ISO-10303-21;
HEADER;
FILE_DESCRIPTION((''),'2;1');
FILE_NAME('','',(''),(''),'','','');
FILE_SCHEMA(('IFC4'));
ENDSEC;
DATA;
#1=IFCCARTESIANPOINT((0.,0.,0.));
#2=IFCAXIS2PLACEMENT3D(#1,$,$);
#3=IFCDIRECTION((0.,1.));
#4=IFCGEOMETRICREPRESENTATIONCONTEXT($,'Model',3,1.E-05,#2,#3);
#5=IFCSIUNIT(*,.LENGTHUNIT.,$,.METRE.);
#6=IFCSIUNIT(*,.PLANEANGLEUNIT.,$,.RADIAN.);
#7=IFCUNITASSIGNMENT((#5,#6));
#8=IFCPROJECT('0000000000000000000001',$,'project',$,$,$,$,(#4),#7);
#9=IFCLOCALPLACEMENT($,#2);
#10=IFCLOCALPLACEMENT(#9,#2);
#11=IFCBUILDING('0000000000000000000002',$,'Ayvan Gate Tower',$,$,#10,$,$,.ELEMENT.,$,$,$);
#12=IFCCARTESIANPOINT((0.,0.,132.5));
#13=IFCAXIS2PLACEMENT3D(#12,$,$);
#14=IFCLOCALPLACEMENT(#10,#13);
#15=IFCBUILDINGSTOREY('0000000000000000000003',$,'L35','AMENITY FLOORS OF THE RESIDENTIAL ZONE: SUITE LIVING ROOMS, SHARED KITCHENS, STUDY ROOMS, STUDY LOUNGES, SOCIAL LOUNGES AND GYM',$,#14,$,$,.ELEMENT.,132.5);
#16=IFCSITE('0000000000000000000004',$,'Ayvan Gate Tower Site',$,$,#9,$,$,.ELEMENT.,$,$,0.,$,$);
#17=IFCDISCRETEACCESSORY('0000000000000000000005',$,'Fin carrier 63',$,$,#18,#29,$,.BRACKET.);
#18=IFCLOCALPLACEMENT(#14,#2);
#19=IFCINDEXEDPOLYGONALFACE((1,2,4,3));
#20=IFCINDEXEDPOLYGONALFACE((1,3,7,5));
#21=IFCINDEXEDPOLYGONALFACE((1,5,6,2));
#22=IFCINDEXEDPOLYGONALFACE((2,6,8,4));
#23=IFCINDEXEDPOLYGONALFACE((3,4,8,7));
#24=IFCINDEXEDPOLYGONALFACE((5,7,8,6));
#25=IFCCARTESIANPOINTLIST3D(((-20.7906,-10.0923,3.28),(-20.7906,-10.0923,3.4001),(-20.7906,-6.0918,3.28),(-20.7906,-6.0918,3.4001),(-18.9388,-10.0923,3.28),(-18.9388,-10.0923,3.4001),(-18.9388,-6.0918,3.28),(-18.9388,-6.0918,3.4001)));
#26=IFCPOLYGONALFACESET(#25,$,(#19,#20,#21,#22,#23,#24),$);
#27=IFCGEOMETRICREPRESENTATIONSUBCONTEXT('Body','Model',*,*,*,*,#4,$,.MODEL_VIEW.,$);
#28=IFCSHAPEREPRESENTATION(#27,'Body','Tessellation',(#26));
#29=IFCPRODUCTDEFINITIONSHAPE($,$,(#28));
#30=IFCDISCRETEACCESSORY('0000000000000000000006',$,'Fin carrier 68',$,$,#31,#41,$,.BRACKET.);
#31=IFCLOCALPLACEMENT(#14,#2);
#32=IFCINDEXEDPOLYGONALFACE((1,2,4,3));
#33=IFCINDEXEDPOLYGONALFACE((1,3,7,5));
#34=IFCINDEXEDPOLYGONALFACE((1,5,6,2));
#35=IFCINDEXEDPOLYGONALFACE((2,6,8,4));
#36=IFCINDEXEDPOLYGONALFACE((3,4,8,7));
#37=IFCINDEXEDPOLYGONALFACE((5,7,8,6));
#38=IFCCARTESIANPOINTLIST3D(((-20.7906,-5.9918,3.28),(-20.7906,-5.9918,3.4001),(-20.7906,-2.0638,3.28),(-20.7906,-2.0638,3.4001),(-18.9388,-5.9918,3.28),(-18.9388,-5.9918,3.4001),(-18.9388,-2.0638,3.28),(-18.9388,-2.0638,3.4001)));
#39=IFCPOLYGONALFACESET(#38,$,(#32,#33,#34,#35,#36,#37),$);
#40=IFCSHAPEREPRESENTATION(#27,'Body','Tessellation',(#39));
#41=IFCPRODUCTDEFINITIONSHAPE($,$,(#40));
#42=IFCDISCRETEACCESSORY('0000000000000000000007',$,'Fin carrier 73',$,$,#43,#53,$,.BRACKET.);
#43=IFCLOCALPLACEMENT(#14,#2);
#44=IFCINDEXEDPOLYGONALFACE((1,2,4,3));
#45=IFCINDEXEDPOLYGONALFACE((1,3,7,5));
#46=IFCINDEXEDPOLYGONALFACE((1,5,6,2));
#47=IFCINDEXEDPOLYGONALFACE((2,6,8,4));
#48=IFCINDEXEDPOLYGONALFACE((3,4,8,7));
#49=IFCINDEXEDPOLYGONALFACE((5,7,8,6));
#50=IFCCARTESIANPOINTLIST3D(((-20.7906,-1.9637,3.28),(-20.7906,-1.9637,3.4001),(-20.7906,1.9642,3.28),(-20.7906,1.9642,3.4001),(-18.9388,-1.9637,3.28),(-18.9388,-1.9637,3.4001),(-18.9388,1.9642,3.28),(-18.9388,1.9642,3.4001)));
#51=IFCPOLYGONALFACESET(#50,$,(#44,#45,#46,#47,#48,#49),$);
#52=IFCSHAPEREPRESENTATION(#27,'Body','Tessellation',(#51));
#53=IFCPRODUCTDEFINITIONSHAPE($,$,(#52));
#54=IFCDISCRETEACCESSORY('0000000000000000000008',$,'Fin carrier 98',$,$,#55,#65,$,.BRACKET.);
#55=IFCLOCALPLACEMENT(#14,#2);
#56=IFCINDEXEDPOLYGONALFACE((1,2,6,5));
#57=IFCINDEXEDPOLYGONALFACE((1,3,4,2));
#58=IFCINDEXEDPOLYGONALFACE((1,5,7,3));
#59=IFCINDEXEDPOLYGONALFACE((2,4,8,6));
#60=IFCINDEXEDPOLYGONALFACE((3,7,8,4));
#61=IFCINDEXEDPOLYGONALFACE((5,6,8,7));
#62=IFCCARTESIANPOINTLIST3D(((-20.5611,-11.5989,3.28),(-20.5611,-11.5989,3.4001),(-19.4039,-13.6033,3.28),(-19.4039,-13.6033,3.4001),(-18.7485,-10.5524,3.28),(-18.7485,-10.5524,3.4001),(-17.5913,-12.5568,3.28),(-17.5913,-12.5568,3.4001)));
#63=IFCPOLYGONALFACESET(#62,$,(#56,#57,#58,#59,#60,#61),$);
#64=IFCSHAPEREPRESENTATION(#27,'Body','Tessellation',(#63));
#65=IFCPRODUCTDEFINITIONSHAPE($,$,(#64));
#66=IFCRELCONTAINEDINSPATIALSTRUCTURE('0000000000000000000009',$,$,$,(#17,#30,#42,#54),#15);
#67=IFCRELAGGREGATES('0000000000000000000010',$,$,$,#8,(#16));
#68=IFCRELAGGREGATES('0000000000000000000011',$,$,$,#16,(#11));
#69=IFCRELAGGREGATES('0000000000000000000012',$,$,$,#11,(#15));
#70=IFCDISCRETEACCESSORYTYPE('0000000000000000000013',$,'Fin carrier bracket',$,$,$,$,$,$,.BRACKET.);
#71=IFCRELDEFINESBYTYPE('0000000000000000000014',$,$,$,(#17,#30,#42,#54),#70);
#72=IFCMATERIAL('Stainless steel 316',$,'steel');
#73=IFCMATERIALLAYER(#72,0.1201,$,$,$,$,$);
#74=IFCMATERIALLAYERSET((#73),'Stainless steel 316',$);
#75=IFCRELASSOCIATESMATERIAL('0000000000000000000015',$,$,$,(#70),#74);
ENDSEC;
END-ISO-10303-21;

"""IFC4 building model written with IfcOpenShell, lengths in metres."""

from ifc_helpers import new_model, si_unit, direction, frame, origin, origin_2d, place, context, subcontext, project, spatial, rectangle, extrude, material, layer, layer_set, type_object, element, save


model = new_model("IFC4")

# Units and contexts
model_context = context("Model", 3, precision=1e-05, world=origin(), true_north=direction((0.0, 1.0)))
body_context = subcontext(model_context, "Body", "Model", "MODEL_VIEW")
ifc_project = project(units=[si_unit("LENGTHUNIT", "METRE"), si_unit("PLANEANGLEUNIT", "RADIAN")], contexts=[model_context])

# Site, building, storey
site_placement = place(None, origin())
site = spatial("IfcSite", under=ifc_project, at=site_placement, Name="Ayvan Gate Tower Site", CompositionType="ELEMENT", RefElevation=0.0)
building_placement = place(site_placement, origin())
building = spatial("IfcBuilding", under=site, at=building_placement, Name="Ayvan Gate Tower", CompositionType="ELEMENT")
storey_placement = place(building_placement, frame((0.0, 0.0, 132.5)))
storey = spatial("IfcBuildingStorey", under=building, at=storey_placement, Name="L35", Description="AMENITY FLOORS OF THE RESIDENTIAL ZONE: SUITE LIVING ROOMS, SHARED KITCHENS, STUDY ROOMS, STUDY LOUNGES, SOCIAL LOUNGES AND GYM", CompositionType="ELEMENT", Elevation=132.5)

# Discrete accessories
ifc_material_1 = material(Name="Stainless steel 316", Category="steel")
ifc_layer_1 = layer(ifc_material_1, 0.1201)
ifc_layer_set_1 = layer_set([ifc_layer_1], Name="Stainless steel 316")
discrete_accessory_type = type_object("IfcDiscreteAccessoryType", Name="Fin carrier bracket", PredefinedType="BRACKET", material=ifc_layer_set_1)
discrete_accessory_1_placement = place(storey_placement, frame((-19.8647, -8.092, 3.28), z_axis=(0.0, 0.0, 1.0), x_axis=(0.0, -1.0, 0.0)))
element("IfcDiscreteAccessory", 1, at=discrete_accessory_1_placement, inside=storey, type_object=discrete_accessory_type, Name="Fin carrier 63", PredefinedType="BRACKET", context=body_context, shape_type="SweptSolid", body=[
    extrude(rectangle(XDim=4.0005, YDim=1.8518, at=origin_2d()), origin(), (0.0, 0.0, 1.0), 0.1201),
])
for number, where, z_axis, x_axis, name in (
    (2, (-19.8647, -4.0278, 3.28), (0.0, 0.0, 1.0), (0.0, -1.0, 0.0), "Fin carrier 68"),
    (3, (-19.8647, 0.0002, 3.28), (0.0, 0.0, 1.0), (0.0, -1.0, 0.0), "Fin carrier 73"),
):
    element("IfcDiscreteAccessory", number, at=place(storey_placement, frame(where, z_axis=z_axis, x_axis=x_axis)), inside=storey, type_object=discrete_accessory_type, Name=name, PredefinedType="BRACKET", context=body_context, shape_type="SweptSolid", body=[
        extrude(rectangle(XDim=3.928, YDim=1.8518, at=origin_2d()), origin(), (0.0, 0.0, 1.0), 0.1201),
    ])
discrete_accessory_2_placement = place(storey_placement, frame((-19.0762, -12.0779, 3.28), z_axis=(0.0, 0.0, 1.0), x_axis=(0.5, -0.866025, 0.0)))
element("IfcDiscreteAccessory", 4, at=discrete_accessory_2_placement, inside=storey, type_object=discrete_accessory_type, Name="Fin carrier 98", PredefinedType="BRACKET", context=body_context, shape_type="SweptSolid", body=[
    extrude(rectangle(XDim=2.3145, YDim=2.093, at=origin_2d()), origin(), (0.0, 0.0, 1.0), 0.1201),
])

save(model, "model.ifc")
